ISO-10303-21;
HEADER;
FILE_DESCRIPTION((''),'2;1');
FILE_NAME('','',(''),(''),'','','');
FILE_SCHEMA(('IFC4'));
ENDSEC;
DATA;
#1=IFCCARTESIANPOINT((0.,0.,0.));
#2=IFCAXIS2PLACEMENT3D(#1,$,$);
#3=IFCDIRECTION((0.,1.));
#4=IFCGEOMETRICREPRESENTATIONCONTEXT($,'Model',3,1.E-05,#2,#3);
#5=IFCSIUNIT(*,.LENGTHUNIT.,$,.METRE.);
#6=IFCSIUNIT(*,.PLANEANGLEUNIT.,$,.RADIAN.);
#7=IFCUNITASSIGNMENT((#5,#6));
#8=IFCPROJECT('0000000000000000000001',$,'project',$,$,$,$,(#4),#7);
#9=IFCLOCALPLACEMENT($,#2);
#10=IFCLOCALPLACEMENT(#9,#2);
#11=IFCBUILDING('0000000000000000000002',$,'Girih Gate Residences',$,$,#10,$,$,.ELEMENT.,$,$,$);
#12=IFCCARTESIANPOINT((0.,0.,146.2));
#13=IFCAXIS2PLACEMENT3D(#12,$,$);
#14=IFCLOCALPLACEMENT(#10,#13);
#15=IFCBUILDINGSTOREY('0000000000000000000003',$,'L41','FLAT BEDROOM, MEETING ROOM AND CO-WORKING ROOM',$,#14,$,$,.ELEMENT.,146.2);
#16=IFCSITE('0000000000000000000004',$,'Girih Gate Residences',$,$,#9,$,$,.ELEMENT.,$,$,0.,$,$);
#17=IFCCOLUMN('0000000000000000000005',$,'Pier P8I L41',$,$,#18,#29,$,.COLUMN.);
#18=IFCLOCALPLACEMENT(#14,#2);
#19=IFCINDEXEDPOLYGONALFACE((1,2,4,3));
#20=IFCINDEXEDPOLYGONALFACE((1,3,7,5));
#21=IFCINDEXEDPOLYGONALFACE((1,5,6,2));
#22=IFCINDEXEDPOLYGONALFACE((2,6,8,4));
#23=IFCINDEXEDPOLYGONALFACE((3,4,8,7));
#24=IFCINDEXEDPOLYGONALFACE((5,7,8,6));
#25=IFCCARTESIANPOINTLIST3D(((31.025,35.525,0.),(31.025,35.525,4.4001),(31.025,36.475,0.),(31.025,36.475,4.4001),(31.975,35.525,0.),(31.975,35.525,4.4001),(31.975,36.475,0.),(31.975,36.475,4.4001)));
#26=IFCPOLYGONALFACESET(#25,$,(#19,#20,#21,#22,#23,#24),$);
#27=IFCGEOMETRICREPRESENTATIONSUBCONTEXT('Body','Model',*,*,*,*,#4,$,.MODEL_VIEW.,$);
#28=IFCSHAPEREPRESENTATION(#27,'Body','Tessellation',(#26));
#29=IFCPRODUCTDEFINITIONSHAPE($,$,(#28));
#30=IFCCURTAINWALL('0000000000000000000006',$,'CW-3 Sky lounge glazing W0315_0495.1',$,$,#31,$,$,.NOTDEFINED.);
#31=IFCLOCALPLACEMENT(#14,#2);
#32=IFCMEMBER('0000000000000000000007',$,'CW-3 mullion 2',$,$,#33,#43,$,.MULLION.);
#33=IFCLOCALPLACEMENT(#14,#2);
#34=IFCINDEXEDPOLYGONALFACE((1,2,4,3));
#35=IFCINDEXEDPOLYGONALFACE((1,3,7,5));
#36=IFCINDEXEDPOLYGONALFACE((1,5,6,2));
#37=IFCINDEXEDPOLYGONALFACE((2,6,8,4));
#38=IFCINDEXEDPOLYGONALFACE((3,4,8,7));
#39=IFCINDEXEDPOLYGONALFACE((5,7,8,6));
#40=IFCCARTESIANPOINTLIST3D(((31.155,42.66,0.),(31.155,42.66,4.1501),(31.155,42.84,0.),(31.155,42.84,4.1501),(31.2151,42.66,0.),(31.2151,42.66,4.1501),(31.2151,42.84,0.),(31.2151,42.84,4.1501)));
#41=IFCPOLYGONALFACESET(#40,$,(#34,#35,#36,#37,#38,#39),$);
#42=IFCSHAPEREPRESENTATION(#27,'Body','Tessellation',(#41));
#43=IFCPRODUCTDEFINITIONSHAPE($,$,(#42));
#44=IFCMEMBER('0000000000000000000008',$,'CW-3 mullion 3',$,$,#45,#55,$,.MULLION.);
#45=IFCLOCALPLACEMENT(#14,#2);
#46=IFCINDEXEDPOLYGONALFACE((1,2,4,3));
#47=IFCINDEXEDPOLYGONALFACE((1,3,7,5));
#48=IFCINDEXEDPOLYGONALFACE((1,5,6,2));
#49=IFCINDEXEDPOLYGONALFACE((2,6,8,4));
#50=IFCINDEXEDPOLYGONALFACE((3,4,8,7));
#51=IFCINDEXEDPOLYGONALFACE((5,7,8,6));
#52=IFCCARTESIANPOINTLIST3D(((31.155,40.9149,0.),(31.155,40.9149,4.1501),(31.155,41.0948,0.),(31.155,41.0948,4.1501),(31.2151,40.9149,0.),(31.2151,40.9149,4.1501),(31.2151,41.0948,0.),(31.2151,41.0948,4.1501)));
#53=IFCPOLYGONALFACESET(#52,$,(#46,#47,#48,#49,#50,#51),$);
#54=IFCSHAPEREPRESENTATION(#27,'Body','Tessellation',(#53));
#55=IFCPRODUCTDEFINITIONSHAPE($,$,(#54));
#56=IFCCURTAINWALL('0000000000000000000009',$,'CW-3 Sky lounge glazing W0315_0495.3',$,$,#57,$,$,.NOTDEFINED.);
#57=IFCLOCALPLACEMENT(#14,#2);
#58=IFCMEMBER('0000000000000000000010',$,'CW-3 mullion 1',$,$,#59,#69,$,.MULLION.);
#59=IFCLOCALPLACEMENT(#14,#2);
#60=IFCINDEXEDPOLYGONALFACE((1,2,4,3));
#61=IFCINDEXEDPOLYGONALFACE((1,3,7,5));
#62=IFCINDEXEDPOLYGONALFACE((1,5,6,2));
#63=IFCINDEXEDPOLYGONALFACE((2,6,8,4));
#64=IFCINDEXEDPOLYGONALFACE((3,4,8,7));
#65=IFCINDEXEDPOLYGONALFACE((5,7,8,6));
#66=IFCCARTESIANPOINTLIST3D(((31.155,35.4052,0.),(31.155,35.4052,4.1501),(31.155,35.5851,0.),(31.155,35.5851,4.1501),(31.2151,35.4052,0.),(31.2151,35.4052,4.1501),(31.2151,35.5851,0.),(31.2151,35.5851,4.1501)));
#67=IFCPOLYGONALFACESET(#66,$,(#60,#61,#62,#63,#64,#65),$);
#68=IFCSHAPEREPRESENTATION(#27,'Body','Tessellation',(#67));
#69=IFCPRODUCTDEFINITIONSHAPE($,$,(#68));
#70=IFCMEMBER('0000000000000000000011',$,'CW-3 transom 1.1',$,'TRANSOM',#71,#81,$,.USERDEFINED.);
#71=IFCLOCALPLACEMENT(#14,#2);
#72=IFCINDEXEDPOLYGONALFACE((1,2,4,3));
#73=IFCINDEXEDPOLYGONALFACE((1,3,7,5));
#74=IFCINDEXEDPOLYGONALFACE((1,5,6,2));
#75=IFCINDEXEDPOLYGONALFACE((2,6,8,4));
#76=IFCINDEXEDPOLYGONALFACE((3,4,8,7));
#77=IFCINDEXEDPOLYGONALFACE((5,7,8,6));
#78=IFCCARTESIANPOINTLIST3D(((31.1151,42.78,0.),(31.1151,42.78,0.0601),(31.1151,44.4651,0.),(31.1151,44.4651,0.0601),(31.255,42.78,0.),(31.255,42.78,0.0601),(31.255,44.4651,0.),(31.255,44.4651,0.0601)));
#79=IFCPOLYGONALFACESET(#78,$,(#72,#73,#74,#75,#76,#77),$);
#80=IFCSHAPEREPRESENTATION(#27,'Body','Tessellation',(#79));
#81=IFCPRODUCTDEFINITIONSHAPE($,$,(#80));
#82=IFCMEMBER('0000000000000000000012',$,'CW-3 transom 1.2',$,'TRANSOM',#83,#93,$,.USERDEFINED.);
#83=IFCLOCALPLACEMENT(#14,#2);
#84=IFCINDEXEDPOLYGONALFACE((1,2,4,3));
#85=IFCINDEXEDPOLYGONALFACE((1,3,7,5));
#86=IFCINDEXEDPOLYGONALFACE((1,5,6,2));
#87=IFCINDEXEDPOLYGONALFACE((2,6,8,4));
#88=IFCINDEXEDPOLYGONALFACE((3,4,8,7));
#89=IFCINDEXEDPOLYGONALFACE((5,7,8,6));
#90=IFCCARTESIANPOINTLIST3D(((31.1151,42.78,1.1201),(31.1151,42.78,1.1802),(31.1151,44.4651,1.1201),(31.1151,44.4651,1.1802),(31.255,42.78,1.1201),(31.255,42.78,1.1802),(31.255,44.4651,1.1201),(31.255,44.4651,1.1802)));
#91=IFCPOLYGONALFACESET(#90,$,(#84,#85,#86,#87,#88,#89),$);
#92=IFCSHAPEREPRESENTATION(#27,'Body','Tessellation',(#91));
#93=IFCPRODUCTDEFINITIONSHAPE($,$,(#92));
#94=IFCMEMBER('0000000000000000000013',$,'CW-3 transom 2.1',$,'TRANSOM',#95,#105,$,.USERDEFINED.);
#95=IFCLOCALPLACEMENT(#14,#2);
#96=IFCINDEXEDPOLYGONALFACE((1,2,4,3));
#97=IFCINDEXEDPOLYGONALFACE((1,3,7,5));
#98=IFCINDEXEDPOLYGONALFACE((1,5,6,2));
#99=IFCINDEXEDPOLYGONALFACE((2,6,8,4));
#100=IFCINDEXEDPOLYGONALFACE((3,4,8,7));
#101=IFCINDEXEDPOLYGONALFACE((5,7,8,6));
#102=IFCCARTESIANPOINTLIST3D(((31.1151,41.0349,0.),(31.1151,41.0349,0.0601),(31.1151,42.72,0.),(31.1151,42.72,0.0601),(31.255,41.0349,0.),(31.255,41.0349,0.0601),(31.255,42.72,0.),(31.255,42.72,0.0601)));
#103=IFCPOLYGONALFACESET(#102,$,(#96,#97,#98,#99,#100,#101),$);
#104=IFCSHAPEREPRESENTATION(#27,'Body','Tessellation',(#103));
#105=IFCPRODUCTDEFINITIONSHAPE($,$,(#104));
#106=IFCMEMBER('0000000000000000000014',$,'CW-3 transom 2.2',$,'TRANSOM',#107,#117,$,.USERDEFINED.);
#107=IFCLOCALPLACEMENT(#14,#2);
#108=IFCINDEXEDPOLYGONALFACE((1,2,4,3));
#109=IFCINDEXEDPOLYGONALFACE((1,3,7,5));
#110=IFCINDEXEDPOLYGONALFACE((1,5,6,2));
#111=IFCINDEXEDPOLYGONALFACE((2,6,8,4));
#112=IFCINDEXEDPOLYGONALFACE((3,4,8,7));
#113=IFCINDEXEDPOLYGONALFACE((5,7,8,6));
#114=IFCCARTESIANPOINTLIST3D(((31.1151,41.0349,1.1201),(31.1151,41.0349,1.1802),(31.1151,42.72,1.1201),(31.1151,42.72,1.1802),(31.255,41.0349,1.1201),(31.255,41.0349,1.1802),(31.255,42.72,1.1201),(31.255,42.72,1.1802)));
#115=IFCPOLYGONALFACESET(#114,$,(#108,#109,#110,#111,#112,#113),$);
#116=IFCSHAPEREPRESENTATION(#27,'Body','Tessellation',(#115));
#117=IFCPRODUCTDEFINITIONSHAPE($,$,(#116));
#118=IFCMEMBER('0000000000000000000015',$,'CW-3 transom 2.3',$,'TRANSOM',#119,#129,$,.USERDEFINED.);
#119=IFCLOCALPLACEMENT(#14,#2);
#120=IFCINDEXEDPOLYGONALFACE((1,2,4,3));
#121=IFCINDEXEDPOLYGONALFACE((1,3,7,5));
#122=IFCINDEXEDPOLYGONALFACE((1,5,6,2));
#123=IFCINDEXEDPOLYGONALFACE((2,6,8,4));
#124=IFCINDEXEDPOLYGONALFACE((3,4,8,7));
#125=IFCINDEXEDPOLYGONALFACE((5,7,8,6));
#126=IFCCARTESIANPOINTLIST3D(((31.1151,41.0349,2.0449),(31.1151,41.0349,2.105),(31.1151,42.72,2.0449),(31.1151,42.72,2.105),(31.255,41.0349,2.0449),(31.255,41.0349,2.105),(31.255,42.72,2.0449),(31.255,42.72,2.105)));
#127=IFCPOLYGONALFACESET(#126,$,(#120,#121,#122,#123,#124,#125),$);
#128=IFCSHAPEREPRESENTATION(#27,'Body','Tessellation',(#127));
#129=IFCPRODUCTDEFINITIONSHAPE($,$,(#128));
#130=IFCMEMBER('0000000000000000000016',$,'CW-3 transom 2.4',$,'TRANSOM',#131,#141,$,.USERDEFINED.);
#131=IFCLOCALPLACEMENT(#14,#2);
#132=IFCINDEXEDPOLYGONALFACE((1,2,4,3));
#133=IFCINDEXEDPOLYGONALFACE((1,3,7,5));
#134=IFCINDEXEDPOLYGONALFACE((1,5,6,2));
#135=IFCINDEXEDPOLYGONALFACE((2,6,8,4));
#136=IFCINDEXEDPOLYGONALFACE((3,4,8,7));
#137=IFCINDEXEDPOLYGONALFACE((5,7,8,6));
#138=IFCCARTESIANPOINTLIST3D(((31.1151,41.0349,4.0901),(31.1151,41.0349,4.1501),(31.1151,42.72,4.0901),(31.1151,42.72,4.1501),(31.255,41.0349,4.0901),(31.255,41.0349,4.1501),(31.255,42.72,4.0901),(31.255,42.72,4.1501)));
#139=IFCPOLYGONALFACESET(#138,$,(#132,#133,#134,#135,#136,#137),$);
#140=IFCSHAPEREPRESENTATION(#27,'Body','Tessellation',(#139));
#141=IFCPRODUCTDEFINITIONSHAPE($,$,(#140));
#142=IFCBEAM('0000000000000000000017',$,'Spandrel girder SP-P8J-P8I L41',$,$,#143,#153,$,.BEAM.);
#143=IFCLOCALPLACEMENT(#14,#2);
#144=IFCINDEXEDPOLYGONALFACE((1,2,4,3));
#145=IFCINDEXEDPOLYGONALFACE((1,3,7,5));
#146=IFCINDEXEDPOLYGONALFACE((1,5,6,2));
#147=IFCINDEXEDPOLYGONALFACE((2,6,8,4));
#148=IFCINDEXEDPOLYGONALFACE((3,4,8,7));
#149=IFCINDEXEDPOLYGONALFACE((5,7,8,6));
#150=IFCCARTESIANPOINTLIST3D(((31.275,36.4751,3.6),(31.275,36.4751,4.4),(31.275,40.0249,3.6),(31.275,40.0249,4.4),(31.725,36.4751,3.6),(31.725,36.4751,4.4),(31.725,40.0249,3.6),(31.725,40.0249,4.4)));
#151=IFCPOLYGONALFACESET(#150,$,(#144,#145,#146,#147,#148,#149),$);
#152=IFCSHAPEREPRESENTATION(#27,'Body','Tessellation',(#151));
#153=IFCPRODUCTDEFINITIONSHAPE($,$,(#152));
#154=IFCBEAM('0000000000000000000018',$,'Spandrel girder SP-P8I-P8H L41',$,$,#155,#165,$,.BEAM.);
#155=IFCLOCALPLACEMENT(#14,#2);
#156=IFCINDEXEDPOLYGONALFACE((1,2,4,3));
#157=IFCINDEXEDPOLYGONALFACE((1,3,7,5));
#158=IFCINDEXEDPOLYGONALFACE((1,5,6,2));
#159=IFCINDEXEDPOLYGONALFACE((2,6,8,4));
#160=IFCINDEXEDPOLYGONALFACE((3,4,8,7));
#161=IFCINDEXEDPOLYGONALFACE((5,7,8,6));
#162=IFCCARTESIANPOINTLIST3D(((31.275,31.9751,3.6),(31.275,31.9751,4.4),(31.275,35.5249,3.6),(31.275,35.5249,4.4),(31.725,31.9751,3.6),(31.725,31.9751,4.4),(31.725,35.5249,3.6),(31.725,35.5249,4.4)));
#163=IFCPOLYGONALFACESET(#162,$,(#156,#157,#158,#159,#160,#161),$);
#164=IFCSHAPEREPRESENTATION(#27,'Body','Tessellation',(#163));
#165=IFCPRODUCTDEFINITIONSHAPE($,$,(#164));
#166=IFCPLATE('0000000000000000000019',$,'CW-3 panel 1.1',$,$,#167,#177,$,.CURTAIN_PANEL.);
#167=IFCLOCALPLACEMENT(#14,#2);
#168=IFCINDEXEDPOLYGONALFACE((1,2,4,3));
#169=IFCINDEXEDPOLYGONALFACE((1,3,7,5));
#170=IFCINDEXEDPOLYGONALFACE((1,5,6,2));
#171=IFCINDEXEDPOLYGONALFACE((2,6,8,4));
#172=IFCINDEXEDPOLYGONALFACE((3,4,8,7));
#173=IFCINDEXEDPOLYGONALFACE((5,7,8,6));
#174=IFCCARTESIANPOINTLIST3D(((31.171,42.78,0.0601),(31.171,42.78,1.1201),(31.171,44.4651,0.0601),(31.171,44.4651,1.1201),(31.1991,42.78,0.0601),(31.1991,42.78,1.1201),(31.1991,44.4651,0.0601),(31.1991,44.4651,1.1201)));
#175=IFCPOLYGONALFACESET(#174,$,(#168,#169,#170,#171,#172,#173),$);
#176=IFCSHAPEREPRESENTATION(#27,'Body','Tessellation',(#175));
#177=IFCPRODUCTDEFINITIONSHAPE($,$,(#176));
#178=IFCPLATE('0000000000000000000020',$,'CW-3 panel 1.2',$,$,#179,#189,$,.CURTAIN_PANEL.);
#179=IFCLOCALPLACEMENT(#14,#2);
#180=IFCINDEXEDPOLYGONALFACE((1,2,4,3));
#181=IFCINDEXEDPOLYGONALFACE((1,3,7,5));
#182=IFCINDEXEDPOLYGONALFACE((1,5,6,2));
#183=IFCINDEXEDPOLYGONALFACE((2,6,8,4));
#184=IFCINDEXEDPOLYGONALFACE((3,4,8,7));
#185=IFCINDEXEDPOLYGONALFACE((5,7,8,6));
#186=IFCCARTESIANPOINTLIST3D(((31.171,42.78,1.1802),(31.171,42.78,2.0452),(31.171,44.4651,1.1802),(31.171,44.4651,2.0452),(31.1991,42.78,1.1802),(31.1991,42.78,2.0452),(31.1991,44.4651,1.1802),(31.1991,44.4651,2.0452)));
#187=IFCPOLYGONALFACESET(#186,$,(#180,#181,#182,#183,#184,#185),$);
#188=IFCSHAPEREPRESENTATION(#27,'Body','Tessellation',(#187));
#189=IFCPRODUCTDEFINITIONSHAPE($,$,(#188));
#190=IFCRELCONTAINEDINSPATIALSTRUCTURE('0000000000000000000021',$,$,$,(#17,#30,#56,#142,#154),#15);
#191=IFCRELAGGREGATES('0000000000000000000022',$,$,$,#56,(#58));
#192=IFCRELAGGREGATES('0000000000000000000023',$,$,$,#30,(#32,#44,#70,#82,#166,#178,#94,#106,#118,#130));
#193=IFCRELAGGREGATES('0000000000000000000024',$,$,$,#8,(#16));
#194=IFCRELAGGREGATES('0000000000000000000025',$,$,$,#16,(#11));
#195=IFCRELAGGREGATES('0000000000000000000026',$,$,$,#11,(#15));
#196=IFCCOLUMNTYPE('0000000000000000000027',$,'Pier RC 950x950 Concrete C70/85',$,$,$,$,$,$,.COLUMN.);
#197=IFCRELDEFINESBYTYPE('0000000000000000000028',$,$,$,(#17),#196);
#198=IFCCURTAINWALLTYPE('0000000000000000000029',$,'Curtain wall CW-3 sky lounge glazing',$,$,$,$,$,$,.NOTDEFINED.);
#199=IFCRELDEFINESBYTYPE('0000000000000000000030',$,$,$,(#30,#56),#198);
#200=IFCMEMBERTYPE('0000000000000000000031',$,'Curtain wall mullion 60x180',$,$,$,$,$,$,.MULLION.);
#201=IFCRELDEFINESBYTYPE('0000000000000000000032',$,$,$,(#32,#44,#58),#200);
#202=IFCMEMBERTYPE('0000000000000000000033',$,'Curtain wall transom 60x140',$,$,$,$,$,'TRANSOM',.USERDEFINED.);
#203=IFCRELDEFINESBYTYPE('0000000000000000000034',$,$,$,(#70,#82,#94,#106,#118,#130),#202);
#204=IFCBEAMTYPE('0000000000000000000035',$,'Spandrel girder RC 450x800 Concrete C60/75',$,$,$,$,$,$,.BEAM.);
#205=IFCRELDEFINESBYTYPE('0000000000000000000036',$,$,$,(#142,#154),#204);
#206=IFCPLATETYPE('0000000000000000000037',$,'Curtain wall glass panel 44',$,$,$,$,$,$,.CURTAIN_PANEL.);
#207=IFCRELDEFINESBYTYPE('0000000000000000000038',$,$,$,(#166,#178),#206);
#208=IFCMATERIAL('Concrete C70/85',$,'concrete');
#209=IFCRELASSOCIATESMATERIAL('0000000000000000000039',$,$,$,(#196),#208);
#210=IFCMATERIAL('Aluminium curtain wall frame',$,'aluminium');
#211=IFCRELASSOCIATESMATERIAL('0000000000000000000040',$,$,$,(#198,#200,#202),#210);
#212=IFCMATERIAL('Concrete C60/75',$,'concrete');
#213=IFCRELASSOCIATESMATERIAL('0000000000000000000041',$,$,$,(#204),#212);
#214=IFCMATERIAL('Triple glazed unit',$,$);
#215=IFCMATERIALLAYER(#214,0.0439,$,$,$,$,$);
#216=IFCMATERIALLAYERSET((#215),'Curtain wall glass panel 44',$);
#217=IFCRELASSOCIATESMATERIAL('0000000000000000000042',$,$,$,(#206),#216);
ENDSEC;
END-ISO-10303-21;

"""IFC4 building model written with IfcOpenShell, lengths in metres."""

from ifc_helpers import new_model, si_unit, direction, frame, origin, origin_2d, place, context, subcontext, project, spatial, rectangle, extrude, material, layer, layer_set, material_profile, profile_set, type_object, element, aggregate, save


model = new_model("IFC4")

# Units and contexts
model_context = context("Model", 3, precision=1e-05, world=origin(), true_north=direction((0.0, 1.0)))
body_context = subcontext(model_context, "Body", "Model", "MODEL_VIEW")
ifc_project = project(units=[si_unit("LENGTHUNIT", "METRE"), si_unit("PLANEANGLEUNIT", "RADIAN")], contexts=[model_context])

# Site, building, storey
site_placement = place(None, origin())
site = spatial("IfcSite", under=ifc_project, at=site_placement, Name="Girih Gate Residences", CompositionType="ELEMENT", RefElevation=0.0)
building_placement = place(site_placement, origin())
building = spatial("IfcBuilding", under=site, at=building_placement, Name="Girih Gate Residences", CompositionType="ELEMENT")
storey_placement = place(building_placement, frame((0.0, 0.0, 146.2)))
storey = spatial("IfcBuildingStorey", under=building, at=storey_placement, Name="L41", Description="FLAT BEDROOM, MEETING ROOM AND CO-WORKING ROOM", CompositionType="ELEMENT", Elevation=146.2)

# Column
ifc_material_1 = material(Name="Concrete C70/85", Category="concrete")
ifc_material_profile_1 = material_profile(ifc_material_1, rectangle(XDim=0.95, YDim=0.95, at=origin_2d()))
ifc_profile_set_1 = profile_set([ifc_material_profile_1], Name="Concrete C70/85")
column_type = type_object("IfcColumnType", Name="Pier RC 950x950 Concrete C70/85", PredefinedType="COLUMN", material=ifc_profile_set_1)
column_placement = place(storey_placement, frame((31.5, 36.0, 0.0), z_axis=(0.0, 0.0, 1.0), x_axis=(1.0, 0.0, 0.0)))
element("IfcColumn", 1, at=column_placement, inside=storey, type_object=column_type, Name="Pier P8I L41", PredefinedType="COLUMN", context=body_context, shape_type="SweptSolid", body=[
    extrude(rectangle(XDim=0.95, YDim=0.95, at=origin_2d()), origin(), (0.0, 0.0, 1.0), 4.4001),
])

# Curtain wall, members
ifc_material_2 = material(Name="Aluminium curtain wall frame", Category="aluminium")
curtain_wall_type = type_object("IfcCurtainWallType", Name="Curtain wall CW-3 sky lounge glazing", PredefinedType="NOTDEFINED", material=ifc_material_2)
curtain_wall_1_placement = place(storey_placement, origin())
curtain_wall_1 = element("IfcCurtainWall", 2, at=curtain_wall_1_placement, inside=storey, type_object=curtain_wall_type, Name="CW-3 Sky lounge glazing W0315_0495.1", PredefinedType="NOTDEFINED")
ifc_material_profile_2 = material_profile(ifc_material_2, rectangle(XDim=0.0601, YDim=0.1799, at=origin_2d()))
ifc_profile_set_2 = profile_set([ifc_material_profile_2], Name="Aluminium curtain wall frame")
member_type_1 = type_object("IfcMemberType", Name="Curtain wall mullion 60x180", PredefinedType="MULLION", material=ifc_profile_set_2)
member_1_placement = place(storey_placement, frame((31.1851, 42.75, 0.0), z_axis=(0.0, 0.0, 1.0), x_axis=(1.0, 0.0, 0.0)))
member_1 = element("IfcMember", 3, at=member_1_placement, type_object=member_type_1, Name="CW-3 mullion 2", PredefinedType="MULLION", context=body_context, shape_type="SweptSolid", body=[
    extrude(rectangle(XDim=0.0601, YDim=0.1799, at=origin_2d()), origin(), (0.0, 0.0, 1.0), 4.1501),
])
member_2_placement = place(storey_placement, frame((31.1851, 41.0049, 0.0), z_axis=(0.0, 0.0, 1.0), x_axis=(1.0, 0.0, 0.0)))
member_2 = element("IfcMember", 4, at=member_2_placement, type_object=member_type_1, Name="CW-3 mullion 3", PredefinedType="MULLION", context=body_context, shape_type="SweptSolid", body=[
    extrude(rectangle(XDim=0.0601, YDim=0.1799, at=origin_2d()), origin(), (0.0, 0.0, 1.0), 4.1501),
])

# Curtain wall, member
curtain_wall_2_placement = place(storey_placement, origin())
curtain_wall_2 = element("IfcCurtainWall", 5, at=curtain_wall_2_placement, inside=storey, type_object=curtain_wall_type, Name="CW-3 Sky lounge glazing W0315_0495.3", PredefinedType="NOTDEFINED")
member_3_placement = place(storey_placement, frame((31.1851, 35.4951, 0.0), z_axis=(0.0, 0.0, 1.0), x_axis=(1.0, 0.0, 0.0)))
member_3 = element("IfcMember", 6, at=member_3_placement, type_object=member_type_1, Name="CW-3 mullion 1", PredefinedType="MULLION", context=body_context, shape_type="SweptSolid", body=[
    extrude(rectangle(XDim=0.0601, YDim=0.1799, at=origin_2d()), origin(), (0.0, 0.0, 1.0), 4.1501),
])
aggregate(curtain_wall_2, [member_3])

# Members
ifc_material_profile_3 = material_profile(ifc_material_2, rectangle(XDim=0.1399, YDim=0.0601, at=origin_2d()))
ifc_profile_set_3 = profile_set([ifc_material_profile_3], Name="Aluminium curtain wall frame")
member_type_2 = type_object("IfcMemberType", Name="Curtain wall transom 60x140", ElementType="TRANSOM", PredefinedType="USERDEFINED", material=ifc_profile_set_3)
member_4_placement = place(storey_placement, frame((31.1851, 44.4651, 0.03), z_axis=(0.0, -1.0, 0.0), x_axis=(1.0, 0.0, 0.0)))
member_4 = element("IfcMember", 7, at=member_4_placement, type_object=member_type_2, Name="CW-3 transom 1.1", ObjectType="TRANSOM", PredefinedType="USERDEFINED", context=body_context, shape_type="SweptSolid", body=[
    extrude(rectangle(XDim=0.1399, YDim=0.0601, at=origin_2d()), origin(), (0.0, 0.0, 1.0), 1.6851),
])
member_5_placement = place(storey_placement, frame((31.1851, 44.4651, 1.1501), z_axis=(0.0, -1.0, 0.0), x_axis=(1.0, 0.0, 0.0)))
member_5 = element("IfcMember", 8, at=member_5_placement, type_object=member_type_2, Name="CW-3 transom 1.2", ObjectType="TRANSOM", PredefinedType="USERDEFINED", context=body_context, shape_type="SweptSolid", body=[
    extrude(rectangle(XDim=0.1399, YDim=0.0601, at=origin_2d()), origin(), (0.0, 0.0, 1.0), 1.6851),
])
member_6_placement = place(storey_placement, frame((31.1851, 42.72, 0.03), z_axis=(0.0, -1.0, 0.0), x_axis=(1.0, 0.0, 0.0)))
member_6 = element("IfcMember", 9, at=member_6_placement, type_object=member_type_2, Name="CW-3 transom 2.1", ObjectType="TRANSOM", PredefinedType="USERDEFINED", context=body_context, shape_type="SweptSolid", body=[
    extrude(rectangle(XDim=0.1399, YDim=0.0601, at=origin_2d()), origin(), (0.0, 0.0, 1.0), 1.6851),
])
member_7_placement = place(storey_placement, frame((31.1851, 42.72, 1.1501), z_axis=(0.0, -1.0, 0.0), x_axis=(1.0, 0.0, 0.0)))
member_7 = element("IfcMember", 10, at=member_7_placement, type_object=member_type_2, Name="CW-3 transom 2.2", ObjectType="TRANSOM", PredefinedType="USERDEFINED", context=body_context, shape_type="SweptSolid", body=[
    extrude(rectangle(XDim=0.1399, YDim=0.0601, at=origin_2d()), origin(), (0.0, 0.0, 1.0), 1.6851),
])
member_8_placement = place(storey_placement, frame((31.1851, 42.72, 2.075), z_axis=(0.0, -1.0, 0.0), x_axis=(1.0, 0.0, 0.0)))
member_8 = element("IfcMember", 11, at=member_8_placement, type_object=member_type_2, Name="CW-3 transom 2.3", ObjectType="TRANSOM", PredefinedType="USERDEFINED", context=body_context, shape_type="SweptSolid", body=[
    extrude(rectangle(XDim=0.1399, YDim=0.0601, at=origin_2d()), origin(), (0.0, 0.0, 1.0), 1.6851),
])
member_9_placement = place(storey_placement, frame((31.1851, 42.72, 4.1201), z_axis=(0.0, -1.0, 0.0), x_axis=(1.0, 0.0, 0.0)))
member_9 = element("IfcMember", 12, at=member_9_placement, type_object=member_type_2, Name="CW-3 transom 2.4", ObjectType="TRANSOM", PredefinedType="USERDEFINED", context=body_context, shape_type="SweptSolid", body=[
    extrude(rectangle(XDim=0.1399, YDim=0.0601, at=origin_2d()), origin(), (0.0, 0.0, 1.0), 1.6851),
])

# Beams
ifc_material_3 = material(Name="Concrete C60/75", Category="concrete")
ifc_material_profile_4 = material_profile(ifc_material_3, rectangle(XDim=0.45, YDim=0.8, at=origin_2d()))
ifc_profile_set_4 = profile_set([ifc_material_profile_4], Name="Concrete C60/75")
beam_type = type_object("IfcBeamType", Name="Spandrel girder RC 450x800 Concrete C60/75", PredefinedType="BEAM", material=ifc_profile_set_4)
for number, where, z_axis, x_axis, name in (
    (13, (31.5, 40.0249, 4.0), (0.0, -1.0, 0.0), (1.0, 0.0, 0.0), "Spandrel girder SP-P8J-P8I L41"),
    (14, (31.5, 35.5249, 4.0), (0.0, -1.0, 0.0), (1.0, 0.0, 0.0), "Spandrel girder SP-P8I-P8H L41"),
):
    element("IfcBeam", number, at=place(storey_placement, frame(where, z_axis=z_axis, x_axis=x_axis)), inside=storey, type_object=beam_type, Name=name, PredefinedType="BEAM", context=body_context, shape_type="SweptSolid", body=[
        extrude(rectangle(XDim=0.45, YDim=0.8, at=origin_2d()), origin(), (0.0, 0.0, 1.0), 3.5498),
    ])

# Plates
ifc_material_4 = material(Name="Triple glazed unit")
ifc_layer_1 = layer(ifc_material_4, 0.0439)
ifc_layer_set_1 = layer_set([ifc_layer_1], Name="Curtain wall glass panel 44")
plate_type = type_object("IfcPlateType", Name="Curtain wall glass panel 44", PredefinedType="CURTAIN_PANEL", material=ifc_layer_set_1)
plate_1_placement = place(storey_placement, frame((31.1851, 43.6226, 0.0601), z_axis=(0.0, 0.0, 1.0), x_axis=(0.0, -1.0, 0.0)))
plate_1 = element("IfcPlate", 15, at=plate_1_placement, type_object=plate_type, Name="CW-3 panel 1.1", PredefinedType="CURTAIN_PANEL", context=body_context, shape_type="SweptSolid", body=[
    extrude(rectangle(XDim=1.6851, YDim=0.0281, at=origin_2d()), origin(), (0.0, 0.0, 1.0), 1.0601),
])
plate_2_placement = place(storey_placement, frame((31.1851, 43.6226, 1.1802), z_axis=(0.0, 0.0, 1.0), x_axis=(0.0, -1.0, 0.0)))
plate_2 = element("IfcPlate", 16, at=plate_2_placement, type_object=plate_type, Name="CW-3 panel 1.2", PredefinedType="CURTAIN_PANEL", context=body_context, shape_type="SweptSolid", body=[
    extrude(rectangle(XDim=1.6851, YDim=0.0281, at=origin_2d()), origin(), (0.0, 0.0, 1.0), 0.865),
])
aggregate(curtain_wall_1, [member_1, member_2, member_4, member_5, plate_1, plate_2, member_6, member_7, member_8, member_9])

save(model, "model.ifc")
